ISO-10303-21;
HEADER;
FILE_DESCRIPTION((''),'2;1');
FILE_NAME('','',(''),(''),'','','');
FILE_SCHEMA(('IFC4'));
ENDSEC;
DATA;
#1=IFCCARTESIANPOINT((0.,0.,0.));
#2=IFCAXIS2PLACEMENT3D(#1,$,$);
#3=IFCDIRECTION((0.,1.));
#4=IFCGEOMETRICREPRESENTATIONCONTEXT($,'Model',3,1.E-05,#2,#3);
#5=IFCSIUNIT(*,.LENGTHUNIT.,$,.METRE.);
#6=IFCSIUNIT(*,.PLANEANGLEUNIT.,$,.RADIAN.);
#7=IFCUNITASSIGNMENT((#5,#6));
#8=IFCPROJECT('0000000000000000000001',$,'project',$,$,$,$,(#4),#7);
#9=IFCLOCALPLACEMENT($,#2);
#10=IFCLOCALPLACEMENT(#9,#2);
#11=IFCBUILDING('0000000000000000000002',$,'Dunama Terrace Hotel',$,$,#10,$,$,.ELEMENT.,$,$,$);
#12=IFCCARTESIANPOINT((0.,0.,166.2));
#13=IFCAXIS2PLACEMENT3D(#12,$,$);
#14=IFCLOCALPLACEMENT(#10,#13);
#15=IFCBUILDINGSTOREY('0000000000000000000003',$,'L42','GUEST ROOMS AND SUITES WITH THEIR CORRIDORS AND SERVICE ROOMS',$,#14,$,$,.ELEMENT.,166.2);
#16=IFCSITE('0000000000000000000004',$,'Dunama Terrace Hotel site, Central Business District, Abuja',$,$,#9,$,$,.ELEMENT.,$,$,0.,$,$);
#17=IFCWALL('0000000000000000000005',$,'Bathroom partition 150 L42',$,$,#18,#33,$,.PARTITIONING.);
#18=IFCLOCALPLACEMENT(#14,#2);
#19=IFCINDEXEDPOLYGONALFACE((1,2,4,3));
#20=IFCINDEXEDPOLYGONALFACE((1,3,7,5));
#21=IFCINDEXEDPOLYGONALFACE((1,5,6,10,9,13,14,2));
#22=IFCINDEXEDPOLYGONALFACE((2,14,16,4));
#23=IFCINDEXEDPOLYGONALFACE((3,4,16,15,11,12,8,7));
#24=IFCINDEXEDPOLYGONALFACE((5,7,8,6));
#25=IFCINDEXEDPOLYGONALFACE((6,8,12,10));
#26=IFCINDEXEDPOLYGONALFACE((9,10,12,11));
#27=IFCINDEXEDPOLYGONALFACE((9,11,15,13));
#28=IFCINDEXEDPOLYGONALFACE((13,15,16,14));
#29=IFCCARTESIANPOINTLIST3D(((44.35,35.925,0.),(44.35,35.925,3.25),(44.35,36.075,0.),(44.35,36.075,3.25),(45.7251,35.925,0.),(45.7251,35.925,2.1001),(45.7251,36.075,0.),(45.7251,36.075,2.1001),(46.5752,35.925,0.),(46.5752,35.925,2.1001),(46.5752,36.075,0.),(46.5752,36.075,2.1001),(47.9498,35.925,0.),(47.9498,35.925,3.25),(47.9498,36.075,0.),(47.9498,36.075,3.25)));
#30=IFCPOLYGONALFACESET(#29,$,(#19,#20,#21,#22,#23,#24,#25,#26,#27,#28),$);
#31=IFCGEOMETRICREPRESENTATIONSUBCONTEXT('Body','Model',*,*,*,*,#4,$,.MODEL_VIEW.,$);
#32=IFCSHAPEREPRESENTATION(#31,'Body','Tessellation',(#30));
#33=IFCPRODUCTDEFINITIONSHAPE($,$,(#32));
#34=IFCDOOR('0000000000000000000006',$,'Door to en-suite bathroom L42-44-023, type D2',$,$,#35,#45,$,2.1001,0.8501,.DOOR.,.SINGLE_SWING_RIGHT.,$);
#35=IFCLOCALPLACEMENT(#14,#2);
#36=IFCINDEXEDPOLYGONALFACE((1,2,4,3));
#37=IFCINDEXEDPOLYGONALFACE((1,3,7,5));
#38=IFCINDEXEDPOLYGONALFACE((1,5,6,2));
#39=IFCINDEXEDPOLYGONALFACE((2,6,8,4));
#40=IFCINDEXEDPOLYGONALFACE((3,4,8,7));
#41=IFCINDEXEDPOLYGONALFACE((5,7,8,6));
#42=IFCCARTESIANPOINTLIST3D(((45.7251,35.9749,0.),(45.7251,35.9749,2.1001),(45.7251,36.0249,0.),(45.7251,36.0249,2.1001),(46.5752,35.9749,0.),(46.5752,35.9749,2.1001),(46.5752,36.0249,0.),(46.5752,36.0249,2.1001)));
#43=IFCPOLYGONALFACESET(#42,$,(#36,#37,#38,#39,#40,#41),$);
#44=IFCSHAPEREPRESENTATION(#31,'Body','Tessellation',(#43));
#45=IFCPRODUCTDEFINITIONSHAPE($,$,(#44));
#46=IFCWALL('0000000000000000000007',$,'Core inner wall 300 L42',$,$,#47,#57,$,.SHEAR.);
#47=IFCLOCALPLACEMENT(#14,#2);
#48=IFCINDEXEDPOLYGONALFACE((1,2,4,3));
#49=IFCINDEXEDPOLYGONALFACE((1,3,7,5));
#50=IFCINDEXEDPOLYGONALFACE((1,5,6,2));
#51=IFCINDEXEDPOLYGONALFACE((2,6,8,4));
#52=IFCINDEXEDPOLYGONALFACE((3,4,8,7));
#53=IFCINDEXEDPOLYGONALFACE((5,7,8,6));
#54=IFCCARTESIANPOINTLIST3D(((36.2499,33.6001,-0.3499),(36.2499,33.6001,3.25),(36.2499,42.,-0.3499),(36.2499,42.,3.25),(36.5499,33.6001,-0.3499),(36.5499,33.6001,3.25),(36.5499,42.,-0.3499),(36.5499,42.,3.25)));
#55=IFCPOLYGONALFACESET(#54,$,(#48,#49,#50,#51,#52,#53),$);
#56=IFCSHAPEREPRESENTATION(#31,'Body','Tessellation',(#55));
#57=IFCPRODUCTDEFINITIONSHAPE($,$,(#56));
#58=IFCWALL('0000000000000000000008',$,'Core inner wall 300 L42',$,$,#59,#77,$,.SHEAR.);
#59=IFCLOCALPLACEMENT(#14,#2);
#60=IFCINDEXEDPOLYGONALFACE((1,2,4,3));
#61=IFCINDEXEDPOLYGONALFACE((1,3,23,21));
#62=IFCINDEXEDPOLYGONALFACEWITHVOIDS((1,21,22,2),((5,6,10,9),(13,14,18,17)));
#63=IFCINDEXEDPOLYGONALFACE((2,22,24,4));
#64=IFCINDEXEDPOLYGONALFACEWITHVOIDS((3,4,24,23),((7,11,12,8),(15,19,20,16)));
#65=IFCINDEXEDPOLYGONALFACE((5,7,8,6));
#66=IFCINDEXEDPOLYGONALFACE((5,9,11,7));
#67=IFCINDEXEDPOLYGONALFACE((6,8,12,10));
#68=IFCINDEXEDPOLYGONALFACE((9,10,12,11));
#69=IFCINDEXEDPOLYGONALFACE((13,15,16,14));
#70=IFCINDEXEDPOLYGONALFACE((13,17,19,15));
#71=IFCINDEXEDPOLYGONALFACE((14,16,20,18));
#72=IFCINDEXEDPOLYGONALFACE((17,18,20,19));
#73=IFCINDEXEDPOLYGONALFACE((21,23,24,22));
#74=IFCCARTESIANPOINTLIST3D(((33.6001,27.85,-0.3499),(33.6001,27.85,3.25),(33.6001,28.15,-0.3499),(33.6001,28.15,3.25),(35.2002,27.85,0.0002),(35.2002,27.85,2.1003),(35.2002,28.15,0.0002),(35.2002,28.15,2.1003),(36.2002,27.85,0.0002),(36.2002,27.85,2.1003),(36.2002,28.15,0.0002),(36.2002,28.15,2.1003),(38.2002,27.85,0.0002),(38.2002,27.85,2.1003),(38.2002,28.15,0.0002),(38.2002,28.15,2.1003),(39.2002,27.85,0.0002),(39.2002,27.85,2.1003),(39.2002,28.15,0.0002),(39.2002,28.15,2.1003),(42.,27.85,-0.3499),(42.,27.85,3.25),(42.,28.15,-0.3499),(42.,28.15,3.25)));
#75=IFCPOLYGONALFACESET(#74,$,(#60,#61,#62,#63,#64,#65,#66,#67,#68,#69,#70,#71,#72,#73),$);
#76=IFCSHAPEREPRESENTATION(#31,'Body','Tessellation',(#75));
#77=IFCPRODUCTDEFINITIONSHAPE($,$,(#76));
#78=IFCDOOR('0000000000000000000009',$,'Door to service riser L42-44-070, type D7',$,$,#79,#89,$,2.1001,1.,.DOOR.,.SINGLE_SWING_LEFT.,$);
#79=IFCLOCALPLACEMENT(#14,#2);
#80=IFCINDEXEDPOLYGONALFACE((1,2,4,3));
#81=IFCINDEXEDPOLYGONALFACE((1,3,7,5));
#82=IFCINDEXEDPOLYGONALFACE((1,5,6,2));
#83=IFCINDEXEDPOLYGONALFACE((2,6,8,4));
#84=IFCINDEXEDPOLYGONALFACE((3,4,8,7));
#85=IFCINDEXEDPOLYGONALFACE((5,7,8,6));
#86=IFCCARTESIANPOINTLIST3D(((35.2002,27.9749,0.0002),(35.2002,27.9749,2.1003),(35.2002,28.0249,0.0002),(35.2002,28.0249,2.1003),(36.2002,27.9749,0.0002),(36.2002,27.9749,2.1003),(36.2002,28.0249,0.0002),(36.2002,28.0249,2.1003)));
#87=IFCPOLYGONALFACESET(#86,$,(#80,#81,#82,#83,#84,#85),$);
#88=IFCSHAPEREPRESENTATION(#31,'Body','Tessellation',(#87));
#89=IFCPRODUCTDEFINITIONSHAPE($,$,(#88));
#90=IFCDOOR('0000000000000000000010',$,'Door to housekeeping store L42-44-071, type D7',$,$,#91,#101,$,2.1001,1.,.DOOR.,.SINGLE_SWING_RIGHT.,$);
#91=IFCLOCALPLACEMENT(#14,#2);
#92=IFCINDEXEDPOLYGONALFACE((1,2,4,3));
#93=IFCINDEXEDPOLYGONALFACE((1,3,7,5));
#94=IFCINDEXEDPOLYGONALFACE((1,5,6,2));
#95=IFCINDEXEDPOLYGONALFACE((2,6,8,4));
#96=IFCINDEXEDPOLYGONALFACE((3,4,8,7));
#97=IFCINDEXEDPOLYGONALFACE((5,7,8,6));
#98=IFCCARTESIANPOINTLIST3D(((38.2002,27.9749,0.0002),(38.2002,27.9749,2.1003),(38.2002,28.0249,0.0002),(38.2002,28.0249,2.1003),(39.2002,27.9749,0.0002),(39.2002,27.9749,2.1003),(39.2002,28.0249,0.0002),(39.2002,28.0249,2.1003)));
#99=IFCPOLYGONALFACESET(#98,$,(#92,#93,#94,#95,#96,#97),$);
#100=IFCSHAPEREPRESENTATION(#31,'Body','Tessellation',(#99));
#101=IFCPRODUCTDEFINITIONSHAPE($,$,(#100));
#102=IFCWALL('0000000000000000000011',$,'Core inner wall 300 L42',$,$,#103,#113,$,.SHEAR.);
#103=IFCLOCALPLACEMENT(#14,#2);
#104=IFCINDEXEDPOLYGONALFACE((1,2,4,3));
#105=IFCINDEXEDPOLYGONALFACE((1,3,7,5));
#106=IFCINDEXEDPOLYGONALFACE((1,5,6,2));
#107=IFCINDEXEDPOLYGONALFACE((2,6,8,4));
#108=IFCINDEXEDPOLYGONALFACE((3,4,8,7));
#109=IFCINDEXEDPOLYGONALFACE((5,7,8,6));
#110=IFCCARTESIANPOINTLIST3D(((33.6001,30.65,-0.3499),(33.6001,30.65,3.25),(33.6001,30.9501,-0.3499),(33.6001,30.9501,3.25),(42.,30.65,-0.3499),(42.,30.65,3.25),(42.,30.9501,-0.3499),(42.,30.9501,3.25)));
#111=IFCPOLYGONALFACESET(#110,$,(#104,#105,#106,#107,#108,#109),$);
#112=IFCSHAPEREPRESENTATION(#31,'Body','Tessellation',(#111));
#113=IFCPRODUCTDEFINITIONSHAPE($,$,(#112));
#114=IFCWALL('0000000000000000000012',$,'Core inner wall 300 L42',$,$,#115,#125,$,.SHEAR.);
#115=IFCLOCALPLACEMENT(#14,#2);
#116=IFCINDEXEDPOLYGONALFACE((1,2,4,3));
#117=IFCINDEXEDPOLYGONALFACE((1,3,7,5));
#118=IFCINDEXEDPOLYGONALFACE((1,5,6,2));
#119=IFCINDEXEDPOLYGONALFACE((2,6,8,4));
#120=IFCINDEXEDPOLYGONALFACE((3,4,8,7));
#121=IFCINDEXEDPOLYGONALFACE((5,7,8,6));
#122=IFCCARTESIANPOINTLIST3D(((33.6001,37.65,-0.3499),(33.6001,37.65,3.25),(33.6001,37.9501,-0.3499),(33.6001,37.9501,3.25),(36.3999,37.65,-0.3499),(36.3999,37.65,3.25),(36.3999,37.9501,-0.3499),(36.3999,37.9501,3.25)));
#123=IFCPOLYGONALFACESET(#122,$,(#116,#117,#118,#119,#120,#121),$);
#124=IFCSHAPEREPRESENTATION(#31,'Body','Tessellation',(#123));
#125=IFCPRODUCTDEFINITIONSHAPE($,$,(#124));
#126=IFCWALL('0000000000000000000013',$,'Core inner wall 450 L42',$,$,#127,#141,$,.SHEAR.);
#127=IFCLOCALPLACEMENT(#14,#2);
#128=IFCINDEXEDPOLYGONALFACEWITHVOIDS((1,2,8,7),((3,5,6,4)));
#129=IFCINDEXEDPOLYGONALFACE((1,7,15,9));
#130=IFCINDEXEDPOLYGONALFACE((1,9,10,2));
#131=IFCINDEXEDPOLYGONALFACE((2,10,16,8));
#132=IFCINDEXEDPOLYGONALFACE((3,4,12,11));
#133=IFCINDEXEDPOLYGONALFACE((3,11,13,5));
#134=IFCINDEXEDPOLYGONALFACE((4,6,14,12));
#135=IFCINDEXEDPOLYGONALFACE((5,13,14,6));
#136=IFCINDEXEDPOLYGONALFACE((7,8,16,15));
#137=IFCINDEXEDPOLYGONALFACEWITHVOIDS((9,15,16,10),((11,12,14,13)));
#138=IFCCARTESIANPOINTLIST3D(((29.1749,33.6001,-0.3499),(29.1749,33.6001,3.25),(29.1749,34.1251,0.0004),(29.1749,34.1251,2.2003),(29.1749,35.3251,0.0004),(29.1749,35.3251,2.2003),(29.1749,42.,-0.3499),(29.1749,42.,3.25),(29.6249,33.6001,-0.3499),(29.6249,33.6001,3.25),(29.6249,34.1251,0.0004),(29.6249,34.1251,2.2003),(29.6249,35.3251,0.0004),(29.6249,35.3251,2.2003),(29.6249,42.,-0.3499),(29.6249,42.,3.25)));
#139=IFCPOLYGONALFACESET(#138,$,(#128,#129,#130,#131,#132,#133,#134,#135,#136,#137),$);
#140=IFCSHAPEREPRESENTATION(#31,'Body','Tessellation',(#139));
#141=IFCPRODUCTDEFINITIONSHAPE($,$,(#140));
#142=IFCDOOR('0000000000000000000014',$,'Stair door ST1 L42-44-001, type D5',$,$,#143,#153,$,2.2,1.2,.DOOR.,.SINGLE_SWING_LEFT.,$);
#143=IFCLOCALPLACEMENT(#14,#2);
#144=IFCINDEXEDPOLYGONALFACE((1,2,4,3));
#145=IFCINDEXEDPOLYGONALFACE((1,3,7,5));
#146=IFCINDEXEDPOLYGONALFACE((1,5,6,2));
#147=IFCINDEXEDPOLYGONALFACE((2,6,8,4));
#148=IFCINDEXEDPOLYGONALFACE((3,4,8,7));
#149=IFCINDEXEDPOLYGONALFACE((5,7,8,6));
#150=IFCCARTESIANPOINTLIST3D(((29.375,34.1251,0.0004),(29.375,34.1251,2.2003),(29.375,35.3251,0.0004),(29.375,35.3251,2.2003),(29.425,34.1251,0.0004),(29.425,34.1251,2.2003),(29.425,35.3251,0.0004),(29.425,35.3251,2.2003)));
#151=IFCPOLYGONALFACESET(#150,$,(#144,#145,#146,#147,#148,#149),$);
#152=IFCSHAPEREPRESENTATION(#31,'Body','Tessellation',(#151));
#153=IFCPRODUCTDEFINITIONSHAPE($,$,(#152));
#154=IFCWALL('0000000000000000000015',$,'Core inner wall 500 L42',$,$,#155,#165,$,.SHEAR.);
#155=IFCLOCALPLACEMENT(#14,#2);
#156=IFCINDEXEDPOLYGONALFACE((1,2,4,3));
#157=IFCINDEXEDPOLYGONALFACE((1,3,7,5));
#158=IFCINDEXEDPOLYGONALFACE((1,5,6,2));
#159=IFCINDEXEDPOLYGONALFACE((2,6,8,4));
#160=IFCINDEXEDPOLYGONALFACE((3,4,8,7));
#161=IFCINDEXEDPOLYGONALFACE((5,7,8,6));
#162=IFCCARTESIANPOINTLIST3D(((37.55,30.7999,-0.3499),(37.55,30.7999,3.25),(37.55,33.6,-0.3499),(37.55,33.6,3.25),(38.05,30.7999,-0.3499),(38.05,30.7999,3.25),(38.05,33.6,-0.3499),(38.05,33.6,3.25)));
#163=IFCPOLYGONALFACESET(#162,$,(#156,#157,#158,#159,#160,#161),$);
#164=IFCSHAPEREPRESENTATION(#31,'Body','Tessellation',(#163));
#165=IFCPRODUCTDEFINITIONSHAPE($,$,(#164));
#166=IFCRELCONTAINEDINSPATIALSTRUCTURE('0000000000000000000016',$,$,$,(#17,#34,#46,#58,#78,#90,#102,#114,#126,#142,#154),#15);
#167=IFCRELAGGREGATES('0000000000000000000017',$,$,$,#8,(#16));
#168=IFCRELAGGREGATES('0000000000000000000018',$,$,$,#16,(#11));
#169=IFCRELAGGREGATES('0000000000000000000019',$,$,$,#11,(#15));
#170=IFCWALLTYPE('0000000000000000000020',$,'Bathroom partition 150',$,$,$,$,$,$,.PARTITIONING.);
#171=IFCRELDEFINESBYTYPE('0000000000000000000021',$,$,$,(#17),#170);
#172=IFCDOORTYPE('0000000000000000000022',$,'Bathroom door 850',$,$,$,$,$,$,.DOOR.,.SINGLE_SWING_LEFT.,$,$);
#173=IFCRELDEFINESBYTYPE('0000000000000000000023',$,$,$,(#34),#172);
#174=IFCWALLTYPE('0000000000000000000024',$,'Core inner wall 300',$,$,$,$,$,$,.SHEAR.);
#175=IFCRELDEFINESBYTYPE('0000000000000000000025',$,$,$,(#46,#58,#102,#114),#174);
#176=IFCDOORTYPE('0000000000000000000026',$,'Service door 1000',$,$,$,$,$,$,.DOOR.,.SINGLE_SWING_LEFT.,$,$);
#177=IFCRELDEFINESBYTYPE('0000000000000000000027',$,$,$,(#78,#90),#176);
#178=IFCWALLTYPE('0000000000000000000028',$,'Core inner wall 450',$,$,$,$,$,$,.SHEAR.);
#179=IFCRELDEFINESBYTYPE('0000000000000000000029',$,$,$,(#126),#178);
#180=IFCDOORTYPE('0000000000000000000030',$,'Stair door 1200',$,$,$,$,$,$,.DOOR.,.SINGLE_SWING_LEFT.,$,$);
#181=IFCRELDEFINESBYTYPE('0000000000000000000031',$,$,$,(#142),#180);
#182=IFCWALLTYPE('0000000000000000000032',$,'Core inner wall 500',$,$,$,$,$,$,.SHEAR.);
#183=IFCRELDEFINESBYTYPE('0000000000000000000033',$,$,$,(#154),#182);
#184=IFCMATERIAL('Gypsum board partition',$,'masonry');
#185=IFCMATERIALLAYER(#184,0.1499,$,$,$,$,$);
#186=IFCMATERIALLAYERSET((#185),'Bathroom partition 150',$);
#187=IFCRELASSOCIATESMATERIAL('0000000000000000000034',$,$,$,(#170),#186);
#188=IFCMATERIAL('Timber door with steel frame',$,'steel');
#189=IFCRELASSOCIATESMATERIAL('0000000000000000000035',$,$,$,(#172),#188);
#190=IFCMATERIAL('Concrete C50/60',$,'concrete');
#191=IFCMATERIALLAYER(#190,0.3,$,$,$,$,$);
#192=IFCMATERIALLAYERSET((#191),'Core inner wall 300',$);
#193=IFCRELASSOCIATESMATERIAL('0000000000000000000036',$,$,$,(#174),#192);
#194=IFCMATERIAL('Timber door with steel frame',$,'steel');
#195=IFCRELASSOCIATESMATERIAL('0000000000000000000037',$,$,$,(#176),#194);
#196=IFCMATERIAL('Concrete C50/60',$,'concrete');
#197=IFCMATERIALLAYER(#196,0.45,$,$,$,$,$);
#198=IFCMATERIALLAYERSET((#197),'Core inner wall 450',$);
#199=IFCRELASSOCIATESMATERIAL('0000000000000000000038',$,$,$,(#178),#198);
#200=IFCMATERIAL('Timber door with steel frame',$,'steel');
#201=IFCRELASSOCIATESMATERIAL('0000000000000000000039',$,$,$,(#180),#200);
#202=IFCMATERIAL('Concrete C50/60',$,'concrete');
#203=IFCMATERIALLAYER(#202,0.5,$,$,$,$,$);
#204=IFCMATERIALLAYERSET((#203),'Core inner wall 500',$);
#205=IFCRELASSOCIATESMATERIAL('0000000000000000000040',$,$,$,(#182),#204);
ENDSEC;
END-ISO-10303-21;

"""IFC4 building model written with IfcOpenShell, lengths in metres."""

from ifc_helpers import new_model, si_unit, direction, frame, frame_2d, origin, place, context, subcontext, project, spatial, rectangle, extrude, material, layer, layer_set, type_object, element, fill, save


model = new_model("IFC4")

# Units and contexts
model_context = context("Model", 3, precision=1e-05, world=origin(), true_north=direction((0.0, 1.0)))
body_context = subcontext(model_context, "Body", "Model", "MODEL_VIEW")
ifc_project = project(units=[si_unit("LENGTHUNIT", "METRE"), si_unit("PLANEANGLEUNIT", "RADIAN")], contexts=[model_context])

# Site, building, storey
site_placement = place(None, origin())
site = spatial("IfcSite", under=ifc_project, at=site_placement, Name="Dunama Terrace Hotel site, Central Business District, Abuja", CompositionType="ELEMENT", RefElevation=0.0)
building_placement = place(site_placement, origin())
building = spatial("IfcBuilding", under=site, at=building_placement, Name="Dunama Terrace Hotel", CompositionType="ELEMENT")
storey_placement = place(building_placement, frame((0.0, 0.0, 166.2)))
storey = spatial("IfcBuildingStorey", under=building, at=storey_placement, Name="L42", Description="GUEST ROOMS AND SUITES WITH THEIR CORRIDORS AND SERVICE ROOMS", CompositionType="ELEMENT", Elevation=166.2)

# Wall, opening, door
ifc_material_1 = material(Name="Gypsum board partition", Category="masonry")
ifc_layer_1 = layer(ifc_material_1, 0.1499)
ifc_layer_set_1 = layer_set([ifc_layer_1], Name="Bathroom partition 150")
wall_type_1 = type_object("IfcWallType", Name="Bathroom partition 150", PredefinedType="PARTITIONING", material=ifc_layer_set_1)
wall_1_placement = place(storey_placement, frame((44.3501, 36.0, 0.0), z_axis=(0.0, 0.0, 1.0), x_axis=(1.0, 0.0, 0.0)))
wall_1 = element("IfcWall", 1, at=wall_1_placement, inside=storey, type_object=wall_type_1, Name="Bathroom partition 150 L42", PredefinedType="PARTITIONING", context=body_context, shape_type="SweptSolid", body=[
    extrude(rectangle(XDim=3.5999, YDim=0.1499, at=frame_2d((1.7998, 0.0))), origin(), (0.0, 0.0, 1.0), 3.25),
])
opening_1_placement = place(wall_1_placement, frame((1.375, 0.0, 0.0)))
opening_1 = element("IfcOpeningElement", 2, at=opening_1_placement, cuts=wall_1, PredefinedType="OPENING", context=body_context, shape_type="SweptSolid", body=[
    extrude(rectangle(XDim=0.8501, YDim=2.1001, at=frame_2d((0.425, 1.05))), frame((0.0, 0.085, 0.0), z_axis=(0.0, -1.0, 0.0), x_axis=(1.0, 0.0, 0.0)), (0.0, 0.0, 1.0), 0.1699),
])
ifc_material_2 = material(Name="Timber door with steel frame", Category="steel")
door_type_1 = type_object("IfcDoorType", Name="Bathroom door 850", OperationType="SINGLE_SWING_LEFT", PredefinedType="DOOR", material=ifc_material_2)
door_1_placement = place(opening_1_placement, frame((0.8501, 0.0, 0.0), z_axis=(0.0, 0.0, 1.0), x_axis=(-1.0, 0.0, 0.0)))
door_1 = element("IfcDoor", 3, at=door_1_placement, inside=storey, type_object=door_type_1, Name="Door to en-suite bathroom L42-44-023, type D2", OperationType="SINGLE_SWING_RIGHT", OverallHeight=2.1001, OverallWidth=0.8501, PredefinedType="DOOR", context=body_context, shape_type="SweptSolid", body=[
    extrude(rectangle(XDim=0.8501, YDim=2.1001, at=frame_2d((0.425, 1.05))), frame((0.0, 0.0251, 0.0), z_axis=(0.0, -1.0, 0.0), x_axis=(1.0, 0.0, 0.0)), (0.0, 0.0, 1.0), 0.05),
])
fill(opening_1, door_1)

# Wall
ifc_material_3 = material(Name="Concrete C50/60", Category="concrete")
ifc_layer_2 = layer(ifc_material_3, 0.3)
ifc_layer_set_2 = layer_set([ifc_layer_2], Name="Core inner wall 300")
wall_type_2 = type_object("IfcWallType", Name="Core inner wall 300", PredefinedType="SHEAR", material=ifc_layer_set_2)
wall_2_placement = place(storey_placement, frame((36.3999, 33.6001, -0.3499), z_axis=(0.0, 0.0, 1.0), x_axis=(0.0, 1.0, 0.0)))
element("IfcWall", 4, at=wall_2_placement, inside=storey, type_object=wall_type_2, Name="Core inner wall 300 L42", PredefinedType="SHEAR", context=body_context, shape_type="SweptSolid", body=[
    extrude(rectangle(XDim=8.3999, YDim=0.3, at=frame_2d((4.2, 0.0))), origin(), (0.0, 0.0, 1.0), 3.5999),
])

# Wall, openings, doors
wall_3_placement = place(storey_placement, frame((33.6001, 28.0, -0.3499), z_axis=(0.0, 0.0, 1.0), x_axis=(1.0, 0.0, 0.0)))
wall_3 = element("IfcWall", 5, at=wall_3_placement, inside=storey, type_object=wall_type_2, Name="Core inner wall 300 L42", PredefinedType="SHEAR", context=body_context, shape_type="SweptSolid", body=[
    extrude(rectangle(XDim=8.3999, YDim=0.3, at=frame_2d((4.2, 0.0))), origin(), (0.0, 0.0, 1.0), 3.5999),
])
opening_2_placement = place(wall_3_placement, frame((1.6001, 0.0, 0.3501)))
opening_2 = element("IfcOpeningElement", 6, at=opening_2_placement, cuts=wall_3, PredefinedType="OPENING", context=body_context, shape_type="SweptSolid", body=[
    extrude(rectangle(XDim=1.0, YDim=2.1001, at=frame_2d((0.5, 1.05))), frame((0.0, 0.1599, 0.0), z_axis=(0.0, -1.0, 0.0), x_axis=(1.0, 0.0, 0.0)), (0.0, 0.0, 1.0), 0.3201),
])
opening_3_placement = place(wall_3_placement, frame((4.6001, 0.0, 0.3501)))
opening_3 = element("IfcOpeningElement", 7, at=opening_3_placement, cuts=wall_3, PredefinedType="OPENING", context=body_context, shape_type="SweptSolid", body=[
    extrude(rectangle(XDim=1.0, YDim=2.1001, at=frame_2d((0.5, 1.05))), frame((0.0, 0.1599, 0.0), z_axis=(0.0, -1.0, 0.0), x_axis=(1.0, 0.0, 0.0)), (0.0, 0.0, 1.0), 0.3201),
])
ifc_material_4 = material(Name="Timber door with steel frame", Category="steel")
door_type_2 = type_object("IfcDoorType", Name="Service door 1000", OperationType="SINGLE_SWING_LEFT", PredefinedType="DOOR", material=ifc_material_4)
door_2_placement = place(opening_2_placement, frame((1.0, 0.0, 0.0), z_axis=(0.0, 0.0, 1.0), x_axis=(-1.0, 0.0, 0.0)))
door_2 = element("IfcDoor", 8, at=door_2_placement, inside=storey, type_object=door_type_2, Name="Door to service riser L42-44-070, type D7", OperationType="SINGLE_SWING_LEFT", OverallHeight=2.1001, OverallWidth=1.0, PredefinedType="DOOR", context=body_context, shape_type="SweptSolid", body=[
    extrude(rectangle(XDim=1.0, YDim=2.1001, at=frame_2d((0.5, 1.05))), frame((0.0, 0.0251, 0.0), z_axis=(0.0, -1.0, 0.0), x_axis=(1.0, 0.0, 0.0)), (0.0, 0.0, 1.0), 0.05),
])
fill(opening_2, door_2)
door_3_placement = place(opening_3_placement, frame((1.0, 0.0, 0.0), z_axis=(0.0, 0.0, 1.0), x_axis=(-1.0, 0.0, 0.0)))
door_3 = element("IfcDoor", 9, at=door_3_placement, inside=storey, type_object=door_type_2, Name="Door to housekeeping store L42-44-071, type D7", OperationType="SINGLE_SWING_RIGHT", OverallHeight=2.1001, OverallWidth=1.0, PredefinedType="DOOR", context=body_context, shape_type="SweptSolid", body=[
    extrude(rectangle(XDim=1.0, YDim=2.1001, at=frame_2d((0.5, 1.05))), frame((0.0, 0.0251, 0.0), z_axis=(0.0, -1.0, 0.0), x_axis=(1.0, 0.0, 0.0)), (0.0, 0.0, 1.0), 0.05),
])
fill(opening_3, door_3)

# Walls
wall_4_placement = place(storey_placement, frame((33.6001, 30.8, -0.3499), z_axis=(0.0, 0.0, 1.0), x_axis=(1.0, 0.0, 0.0)))
element("IfcWall", 10, at=wall_4_placement, inside=storey, type_object=wall_type_2, Name="Core inner wall 300 L42", PredefinedType="SHEAR", context=body_context, shape_type="SweptSolid", body=[
    extrude(rectangle(XDim=8.3999, YDim=0.3, at=frame_2d((4.2, 0.0))), origin(), (0.0, 0.0, 1.0), 3.5999),
])
wall_5_placement = place(storey_placement, frame((33.6001, 37.8, -0.3499), z_axis=(0.0, 0.0, 1.0), x_axis=(1.0, 0.0, 0.0)))
element("IfcWall", 11, at=wall_5_placement, inside=storey, type_object=wall_type_2, Name="Core inner wall 300 L42", PredefinedType="SHEAR", context=body_context, shape_type="SweptSolid", body=[
    extrude(rectangle(XDim=2.7998, YDim=0.3, at=frame_2d((1.3999, 0.0))), origin(), (0.0, 0.0, 1.0), 3.5999),
])

# Wall, opening, door
ifc_material_5 = material(Name="Concrete C50/60", Category="concrete")
ifc_layer_3 = layer(ifc_material_5, 0.45)
ifc_layer_set_3 = layer_set([ifc_layer_3], Name="Core inner wall 450")
wall_type_3 = type_object("IfcWallType", Name="Core inner wall 450", PredefinedType="SHEAR", material=ifc_layer_set_3)
wall_6_placement = place(storey_placement, frame((29.3999, 33.6001, -0.3499), z_axis=(0.0, 0.0, 1.0), x_axis=(0.0, 1.0, 0.0)))
wall_6 = element("IfcWall", 12, at=wall_6_placement, inside=storey, type_object=wall_type_3, Name="Core inner wall 450 L42", PredefinedType="SHEAR", context=body_context, shape_type="SweptSolid", body=[
    extrude(rectangle(XDim=8.3999, YDim=0.45, at=frame_2d((4.2, 0.0))), origin(), (0.0, 0.0, 1.0), 3.5999),
])
opening_4_placement = place(wall_6_placement, frame((0.5249, 0.0, 0.3501)))
opening_4 = element("IfcOpeningElement", 13, at=opening_4_placement, cuts=wall_6, PredefinedType="OPENING", context=body_context, shape_type="SweptSolid", body=[
    extrude(rectangle(XDim=1.2, YDim=2.2, at=frame_2d((0.6001, 1.1001))), frame((0.0, 0.2349, 0.0), z_axis=(0.0, -1.0, 0.0), x_axis=(1.0, 0.0, 0.0)), (0.0, 0.0, 1.0), 0.47),
])
ifc_material_6 = material(Name="Timber door with steel frame", Category="steel")
door_type_3 = type_object("IfcDoorType", Name="Stair door 1200", OperationType="SINGLE_SWING_LEFT", PredefinedType="DOOR", material=ifc_material_6)
door_4_placement = place(opening_4_placement, origin())
door_4 = element("IfcDoor", 14, at=door_4_placement, inside=storey, type_object=door_type_3, Name="Stair door ST1 L42-44-001, type D5", OperationType="SINGLE_SWING_LEFT", OverallHeight=2.2, OverallWidth=1.2, PredefinedType="DOOR", context=body_context, shape_type="SweptSolid", body=[
    extrude(rectangle(XDim=1.2, YDim=2.2, at=frame_2d((0.6001, 1.1001))), frame((0.0, 0.0249, 0.0), z_axis=(0.0, -1.0, 0.0), x_axis=(1.0, 0.0, 0.0)), (0.0, 0.0, 1.0), 0.05),
])
fill(opening_4, door_4)

# Wall
ifc_material_7 = material(Name="Concrete C50/60", Category="concrete")
ifc_layer_4 = layer(ifc_material_7, 0.5)
ifc_layer_set_4 = layer_set([ifc_layer_4], Name="Core inner wall 500")
wall_type_4 = type_object("IfcWallType", Name="Core inner wall 500", PredefinedType="SHEAR", material=ifc_layer_set_4)
wall_7_placement = place(storey_placement, frame((37.8, 30.8, -0.3499), z_axis=(0.0, 0.0, 1.0), x_axis=(0.0, 1.0, 0.0)))
element("IfcWall", 15, at=wall_7_placement, inside=storey, type_object=wall_type_4, Name="Core inner wall 500 L42", PredefinedType="SHEAR", context=body_context, shape_type="SweptSolid", body=[
    extrude(rectangle(XDim=2.8, YDim=0.5, at=frame_2d((1.3999, 0.0))), origin(), (0.0, 0.0, 1.0), 3.5999),
])

save(model, "model.ifc")
